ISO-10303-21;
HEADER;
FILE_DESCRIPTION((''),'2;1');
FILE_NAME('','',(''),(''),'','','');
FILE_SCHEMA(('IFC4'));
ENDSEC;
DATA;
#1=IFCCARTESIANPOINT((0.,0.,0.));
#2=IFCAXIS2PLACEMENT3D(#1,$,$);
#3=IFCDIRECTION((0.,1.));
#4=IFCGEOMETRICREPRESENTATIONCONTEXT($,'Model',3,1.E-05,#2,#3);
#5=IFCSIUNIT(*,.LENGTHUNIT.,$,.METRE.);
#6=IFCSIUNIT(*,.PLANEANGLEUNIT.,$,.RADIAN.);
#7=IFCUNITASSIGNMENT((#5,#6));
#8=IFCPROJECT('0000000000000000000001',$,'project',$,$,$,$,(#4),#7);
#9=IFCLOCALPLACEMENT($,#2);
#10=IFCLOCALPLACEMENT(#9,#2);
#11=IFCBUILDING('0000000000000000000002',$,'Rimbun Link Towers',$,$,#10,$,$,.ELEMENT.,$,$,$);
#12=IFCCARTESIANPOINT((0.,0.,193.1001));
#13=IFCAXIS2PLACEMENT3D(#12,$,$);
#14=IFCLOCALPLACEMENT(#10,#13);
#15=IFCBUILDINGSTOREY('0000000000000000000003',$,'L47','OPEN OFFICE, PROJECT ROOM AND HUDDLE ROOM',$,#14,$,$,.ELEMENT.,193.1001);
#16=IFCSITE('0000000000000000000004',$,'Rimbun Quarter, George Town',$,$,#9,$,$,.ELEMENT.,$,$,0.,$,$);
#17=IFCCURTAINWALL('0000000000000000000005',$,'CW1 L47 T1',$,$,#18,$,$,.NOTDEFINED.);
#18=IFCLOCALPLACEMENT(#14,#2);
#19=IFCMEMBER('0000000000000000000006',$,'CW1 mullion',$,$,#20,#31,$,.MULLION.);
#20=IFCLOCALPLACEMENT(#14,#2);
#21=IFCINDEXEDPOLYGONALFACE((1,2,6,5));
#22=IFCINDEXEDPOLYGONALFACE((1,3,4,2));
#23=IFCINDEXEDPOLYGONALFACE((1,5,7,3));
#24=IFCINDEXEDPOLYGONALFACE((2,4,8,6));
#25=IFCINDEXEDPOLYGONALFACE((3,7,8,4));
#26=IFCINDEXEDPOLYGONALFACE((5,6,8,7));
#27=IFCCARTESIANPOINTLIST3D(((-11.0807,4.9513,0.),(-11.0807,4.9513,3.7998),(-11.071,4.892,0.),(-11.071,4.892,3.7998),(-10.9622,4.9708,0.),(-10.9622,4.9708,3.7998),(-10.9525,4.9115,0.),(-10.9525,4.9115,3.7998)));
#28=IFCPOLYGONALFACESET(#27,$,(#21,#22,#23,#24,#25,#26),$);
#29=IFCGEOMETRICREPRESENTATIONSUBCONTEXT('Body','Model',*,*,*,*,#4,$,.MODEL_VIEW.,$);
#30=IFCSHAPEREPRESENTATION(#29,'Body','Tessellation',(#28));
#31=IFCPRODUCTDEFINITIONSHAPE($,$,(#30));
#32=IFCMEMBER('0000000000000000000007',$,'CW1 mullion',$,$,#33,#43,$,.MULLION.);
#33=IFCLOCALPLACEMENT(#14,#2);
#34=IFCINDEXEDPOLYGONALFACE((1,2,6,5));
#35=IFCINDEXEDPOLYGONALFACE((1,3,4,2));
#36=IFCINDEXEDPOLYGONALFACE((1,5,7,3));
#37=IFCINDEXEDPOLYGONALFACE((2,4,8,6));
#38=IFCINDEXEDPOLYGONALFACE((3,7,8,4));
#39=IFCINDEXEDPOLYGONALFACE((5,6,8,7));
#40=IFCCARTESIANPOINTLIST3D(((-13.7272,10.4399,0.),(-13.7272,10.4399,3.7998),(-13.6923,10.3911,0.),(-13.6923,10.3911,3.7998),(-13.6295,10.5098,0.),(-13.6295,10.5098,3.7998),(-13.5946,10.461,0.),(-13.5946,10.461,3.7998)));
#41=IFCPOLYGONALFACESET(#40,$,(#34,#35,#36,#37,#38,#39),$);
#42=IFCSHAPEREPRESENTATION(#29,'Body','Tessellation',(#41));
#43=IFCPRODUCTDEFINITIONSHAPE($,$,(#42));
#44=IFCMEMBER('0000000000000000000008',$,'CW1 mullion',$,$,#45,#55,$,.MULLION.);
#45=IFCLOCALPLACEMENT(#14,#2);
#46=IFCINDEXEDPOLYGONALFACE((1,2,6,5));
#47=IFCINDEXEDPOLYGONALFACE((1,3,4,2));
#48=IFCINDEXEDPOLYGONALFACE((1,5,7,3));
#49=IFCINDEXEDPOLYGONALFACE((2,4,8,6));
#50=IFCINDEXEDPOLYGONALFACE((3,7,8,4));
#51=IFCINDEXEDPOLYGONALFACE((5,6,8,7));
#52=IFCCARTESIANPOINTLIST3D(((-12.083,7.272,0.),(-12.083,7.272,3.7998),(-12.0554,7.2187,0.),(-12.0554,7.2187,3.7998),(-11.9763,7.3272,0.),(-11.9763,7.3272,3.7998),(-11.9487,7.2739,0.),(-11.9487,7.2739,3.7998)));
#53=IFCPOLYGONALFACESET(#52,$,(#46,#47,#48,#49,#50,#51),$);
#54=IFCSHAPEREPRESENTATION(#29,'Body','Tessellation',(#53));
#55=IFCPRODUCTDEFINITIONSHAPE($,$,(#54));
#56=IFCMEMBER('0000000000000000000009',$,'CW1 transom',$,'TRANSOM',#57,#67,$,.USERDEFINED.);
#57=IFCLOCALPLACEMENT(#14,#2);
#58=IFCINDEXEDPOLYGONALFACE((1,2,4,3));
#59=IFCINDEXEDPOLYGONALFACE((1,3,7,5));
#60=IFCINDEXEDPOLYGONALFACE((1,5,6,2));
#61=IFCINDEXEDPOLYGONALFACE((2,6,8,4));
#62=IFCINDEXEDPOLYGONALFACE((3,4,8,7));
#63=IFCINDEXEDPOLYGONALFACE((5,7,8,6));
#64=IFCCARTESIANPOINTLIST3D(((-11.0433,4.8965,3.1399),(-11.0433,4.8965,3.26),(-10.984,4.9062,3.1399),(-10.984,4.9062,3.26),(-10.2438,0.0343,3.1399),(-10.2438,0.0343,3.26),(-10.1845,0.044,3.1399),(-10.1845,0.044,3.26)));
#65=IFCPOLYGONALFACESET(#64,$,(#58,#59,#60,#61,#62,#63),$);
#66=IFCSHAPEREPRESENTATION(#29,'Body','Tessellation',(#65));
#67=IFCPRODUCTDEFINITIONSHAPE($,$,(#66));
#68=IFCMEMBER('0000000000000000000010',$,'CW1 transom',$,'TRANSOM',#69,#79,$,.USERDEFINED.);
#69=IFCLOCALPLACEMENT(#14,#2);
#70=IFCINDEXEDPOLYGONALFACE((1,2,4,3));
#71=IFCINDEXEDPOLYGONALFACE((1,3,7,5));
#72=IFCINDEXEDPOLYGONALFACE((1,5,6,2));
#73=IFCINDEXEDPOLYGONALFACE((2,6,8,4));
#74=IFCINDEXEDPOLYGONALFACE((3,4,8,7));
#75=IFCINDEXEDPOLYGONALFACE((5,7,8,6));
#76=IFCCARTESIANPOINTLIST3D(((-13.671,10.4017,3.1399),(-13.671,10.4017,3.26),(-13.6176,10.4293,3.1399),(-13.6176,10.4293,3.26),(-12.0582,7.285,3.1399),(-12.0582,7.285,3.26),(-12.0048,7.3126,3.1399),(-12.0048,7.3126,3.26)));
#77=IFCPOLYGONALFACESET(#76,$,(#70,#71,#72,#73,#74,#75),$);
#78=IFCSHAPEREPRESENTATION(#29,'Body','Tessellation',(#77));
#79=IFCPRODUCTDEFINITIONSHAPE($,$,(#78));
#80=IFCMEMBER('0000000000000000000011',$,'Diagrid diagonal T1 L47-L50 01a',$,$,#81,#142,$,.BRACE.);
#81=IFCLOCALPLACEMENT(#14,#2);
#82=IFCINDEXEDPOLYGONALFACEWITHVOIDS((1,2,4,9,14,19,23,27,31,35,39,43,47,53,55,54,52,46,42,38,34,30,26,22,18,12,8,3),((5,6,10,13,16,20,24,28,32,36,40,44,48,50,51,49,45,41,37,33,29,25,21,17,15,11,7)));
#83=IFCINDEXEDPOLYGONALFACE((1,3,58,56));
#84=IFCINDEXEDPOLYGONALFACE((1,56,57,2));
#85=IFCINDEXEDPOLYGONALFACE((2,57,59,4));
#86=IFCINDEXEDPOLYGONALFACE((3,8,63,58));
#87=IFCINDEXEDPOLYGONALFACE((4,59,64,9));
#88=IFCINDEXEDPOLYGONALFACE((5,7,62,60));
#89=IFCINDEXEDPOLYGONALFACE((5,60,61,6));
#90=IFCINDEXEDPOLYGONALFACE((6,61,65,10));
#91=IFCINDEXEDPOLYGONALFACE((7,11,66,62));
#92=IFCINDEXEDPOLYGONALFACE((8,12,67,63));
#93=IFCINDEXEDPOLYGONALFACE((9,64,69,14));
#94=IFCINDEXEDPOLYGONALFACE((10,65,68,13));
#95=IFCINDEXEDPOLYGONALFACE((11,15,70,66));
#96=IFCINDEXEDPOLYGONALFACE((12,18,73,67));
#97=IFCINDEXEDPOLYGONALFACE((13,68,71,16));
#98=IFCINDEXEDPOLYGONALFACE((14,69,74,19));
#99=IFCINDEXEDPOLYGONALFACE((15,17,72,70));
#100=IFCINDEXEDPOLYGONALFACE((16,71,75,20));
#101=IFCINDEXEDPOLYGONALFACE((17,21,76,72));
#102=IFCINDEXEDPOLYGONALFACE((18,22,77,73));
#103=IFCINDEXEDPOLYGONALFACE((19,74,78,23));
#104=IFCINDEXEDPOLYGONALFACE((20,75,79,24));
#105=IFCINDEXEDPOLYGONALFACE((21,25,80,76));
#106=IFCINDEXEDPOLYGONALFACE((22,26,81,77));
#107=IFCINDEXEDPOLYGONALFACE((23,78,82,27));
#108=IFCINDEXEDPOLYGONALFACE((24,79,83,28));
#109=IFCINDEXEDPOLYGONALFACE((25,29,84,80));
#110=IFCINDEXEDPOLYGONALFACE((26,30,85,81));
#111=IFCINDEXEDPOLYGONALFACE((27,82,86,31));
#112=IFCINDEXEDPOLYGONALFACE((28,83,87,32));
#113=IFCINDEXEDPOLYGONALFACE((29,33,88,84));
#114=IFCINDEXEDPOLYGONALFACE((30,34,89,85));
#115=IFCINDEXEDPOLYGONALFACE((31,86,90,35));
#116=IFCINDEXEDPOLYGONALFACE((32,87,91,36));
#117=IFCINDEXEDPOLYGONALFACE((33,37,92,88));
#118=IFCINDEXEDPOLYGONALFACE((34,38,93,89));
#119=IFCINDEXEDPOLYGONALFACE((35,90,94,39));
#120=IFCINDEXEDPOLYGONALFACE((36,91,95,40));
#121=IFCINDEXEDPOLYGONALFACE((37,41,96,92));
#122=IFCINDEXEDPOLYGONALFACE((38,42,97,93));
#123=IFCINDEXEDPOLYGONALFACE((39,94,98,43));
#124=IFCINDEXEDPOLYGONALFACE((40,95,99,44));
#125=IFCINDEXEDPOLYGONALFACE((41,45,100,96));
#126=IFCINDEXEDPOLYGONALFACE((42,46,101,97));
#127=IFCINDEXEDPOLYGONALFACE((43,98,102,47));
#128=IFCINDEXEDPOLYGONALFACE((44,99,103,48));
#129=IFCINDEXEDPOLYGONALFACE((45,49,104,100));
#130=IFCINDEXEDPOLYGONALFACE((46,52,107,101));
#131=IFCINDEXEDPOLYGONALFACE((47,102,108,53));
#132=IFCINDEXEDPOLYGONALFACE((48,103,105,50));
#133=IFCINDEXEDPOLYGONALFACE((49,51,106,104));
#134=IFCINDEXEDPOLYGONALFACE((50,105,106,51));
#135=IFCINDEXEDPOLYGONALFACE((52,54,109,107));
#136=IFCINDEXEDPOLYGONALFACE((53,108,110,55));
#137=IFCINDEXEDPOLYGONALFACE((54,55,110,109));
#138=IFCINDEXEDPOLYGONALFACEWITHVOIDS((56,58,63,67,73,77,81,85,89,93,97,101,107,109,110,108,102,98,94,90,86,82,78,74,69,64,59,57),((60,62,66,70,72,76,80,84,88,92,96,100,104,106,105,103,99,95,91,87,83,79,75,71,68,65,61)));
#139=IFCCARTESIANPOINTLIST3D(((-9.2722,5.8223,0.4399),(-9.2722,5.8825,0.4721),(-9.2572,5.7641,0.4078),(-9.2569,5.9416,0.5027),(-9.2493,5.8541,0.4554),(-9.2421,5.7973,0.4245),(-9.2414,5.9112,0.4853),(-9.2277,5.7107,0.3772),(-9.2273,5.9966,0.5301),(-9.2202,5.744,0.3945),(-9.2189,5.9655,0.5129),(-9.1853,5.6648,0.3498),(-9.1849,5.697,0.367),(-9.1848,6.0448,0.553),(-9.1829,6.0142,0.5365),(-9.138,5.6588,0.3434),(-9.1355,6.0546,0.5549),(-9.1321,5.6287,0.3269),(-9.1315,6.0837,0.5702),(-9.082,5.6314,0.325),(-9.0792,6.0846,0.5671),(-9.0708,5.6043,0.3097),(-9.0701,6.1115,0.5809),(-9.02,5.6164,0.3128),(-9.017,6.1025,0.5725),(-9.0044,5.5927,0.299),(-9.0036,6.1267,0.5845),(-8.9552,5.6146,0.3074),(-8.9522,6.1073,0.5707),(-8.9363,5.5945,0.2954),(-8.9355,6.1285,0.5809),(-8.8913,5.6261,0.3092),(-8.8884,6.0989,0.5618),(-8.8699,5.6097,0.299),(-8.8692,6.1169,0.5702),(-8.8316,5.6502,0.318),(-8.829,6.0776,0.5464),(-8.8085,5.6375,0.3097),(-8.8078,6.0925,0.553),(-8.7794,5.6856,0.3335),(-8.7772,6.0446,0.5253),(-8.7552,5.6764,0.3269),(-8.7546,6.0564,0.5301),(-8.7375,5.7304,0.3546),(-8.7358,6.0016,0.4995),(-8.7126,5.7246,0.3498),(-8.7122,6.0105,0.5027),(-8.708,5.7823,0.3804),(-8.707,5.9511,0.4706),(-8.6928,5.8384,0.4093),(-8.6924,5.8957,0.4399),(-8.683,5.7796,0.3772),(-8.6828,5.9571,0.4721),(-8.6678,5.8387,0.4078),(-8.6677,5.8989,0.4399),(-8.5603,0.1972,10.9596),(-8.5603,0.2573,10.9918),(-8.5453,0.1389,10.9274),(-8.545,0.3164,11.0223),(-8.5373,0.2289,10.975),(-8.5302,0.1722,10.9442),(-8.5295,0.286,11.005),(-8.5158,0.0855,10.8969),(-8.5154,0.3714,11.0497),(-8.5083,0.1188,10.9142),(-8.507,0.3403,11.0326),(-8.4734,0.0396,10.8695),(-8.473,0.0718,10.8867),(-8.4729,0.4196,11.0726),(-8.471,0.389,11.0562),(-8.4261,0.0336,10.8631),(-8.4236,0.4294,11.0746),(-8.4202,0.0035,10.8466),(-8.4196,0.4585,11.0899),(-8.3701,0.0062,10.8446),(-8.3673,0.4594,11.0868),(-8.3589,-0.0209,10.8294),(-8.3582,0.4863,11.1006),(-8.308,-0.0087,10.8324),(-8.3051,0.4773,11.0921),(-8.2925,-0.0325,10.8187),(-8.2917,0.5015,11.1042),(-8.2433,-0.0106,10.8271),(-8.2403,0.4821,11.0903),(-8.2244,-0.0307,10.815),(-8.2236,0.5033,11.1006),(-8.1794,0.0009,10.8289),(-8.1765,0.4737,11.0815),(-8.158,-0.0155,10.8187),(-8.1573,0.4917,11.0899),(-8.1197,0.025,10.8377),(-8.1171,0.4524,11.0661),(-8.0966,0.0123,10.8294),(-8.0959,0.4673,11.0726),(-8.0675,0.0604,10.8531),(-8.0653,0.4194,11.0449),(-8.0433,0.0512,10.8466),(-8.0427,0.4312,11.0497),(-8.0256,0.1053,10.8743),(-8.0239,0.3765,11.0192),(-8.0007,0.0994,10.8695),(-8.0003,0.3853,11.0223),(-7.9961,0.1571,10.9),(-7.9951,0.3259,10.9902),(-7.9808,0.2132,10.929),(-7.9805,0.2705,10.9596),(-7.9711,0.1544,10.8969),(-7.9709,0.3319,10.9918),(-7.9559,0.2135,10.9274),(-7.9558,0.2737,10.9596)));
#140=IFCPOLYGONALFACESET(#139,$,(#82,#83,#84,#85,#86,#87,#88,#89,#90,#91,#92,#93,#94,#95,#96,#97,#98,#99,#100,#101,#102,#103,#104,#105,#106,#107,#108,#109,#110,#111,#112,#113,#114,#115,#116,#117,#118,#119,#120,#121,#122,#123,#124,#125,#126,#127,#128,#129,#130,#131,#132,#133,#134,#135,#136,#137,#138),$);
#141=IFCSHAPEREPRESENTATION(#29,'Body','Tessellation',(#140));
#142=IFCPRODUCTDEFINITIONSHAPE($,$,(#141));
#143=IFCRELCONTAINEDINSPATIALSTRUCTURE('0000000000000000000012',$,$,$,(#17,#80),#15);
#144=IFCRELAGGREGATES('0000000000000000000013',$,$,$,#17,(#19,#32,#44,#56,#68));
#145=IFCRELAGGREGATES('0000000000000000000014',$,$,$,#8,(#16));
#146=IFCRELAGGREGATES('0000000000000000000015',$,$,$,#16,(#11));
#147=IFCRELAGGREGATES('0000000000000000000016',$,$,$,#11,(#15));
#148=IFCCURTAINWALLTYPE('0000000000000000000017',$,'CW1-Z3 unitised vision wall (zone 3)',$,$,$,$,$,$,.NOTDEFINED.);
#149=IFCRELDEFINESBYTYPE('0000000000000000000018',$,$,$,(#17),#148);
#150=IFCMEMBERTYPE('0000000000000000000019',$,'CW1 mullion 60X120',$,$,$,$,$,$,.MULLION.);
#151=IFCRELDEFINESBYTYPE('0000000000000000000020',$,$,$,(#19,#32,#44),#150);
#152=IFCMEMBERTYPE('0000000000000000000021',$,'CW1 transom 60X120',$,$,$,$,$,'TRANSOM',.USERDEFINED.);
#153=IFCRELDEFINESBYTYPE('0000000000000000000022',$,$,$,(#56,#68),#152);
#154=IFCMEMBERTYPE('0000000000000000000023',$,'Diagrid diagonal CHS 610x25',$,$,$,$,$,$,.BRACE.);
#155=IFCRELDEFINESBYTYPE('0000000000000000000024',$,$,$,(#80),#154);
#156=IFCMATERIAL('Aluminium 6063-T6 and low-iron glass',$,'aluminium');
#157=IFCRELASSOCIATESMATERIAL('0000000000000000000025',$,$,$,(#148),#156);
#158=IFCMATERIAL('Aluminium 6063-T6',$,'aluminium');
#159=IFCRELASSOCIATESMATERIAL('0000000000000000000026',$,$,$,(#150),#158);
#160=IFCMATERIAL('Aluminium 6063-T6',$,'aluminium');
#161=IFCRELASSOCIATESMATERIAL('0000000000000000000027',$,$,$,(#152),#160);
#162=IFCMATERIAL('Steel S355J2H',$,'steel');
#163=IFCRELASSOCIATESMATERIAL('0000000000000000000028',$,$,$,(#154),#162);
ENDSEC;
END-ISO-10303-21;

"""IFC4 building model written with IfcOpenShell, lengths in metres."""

from ifc_helpers import new_model, si_unit, direction, frame, origin, origin_2d, place, context, subcontext, project, spatial, rectangle, hollow_circle, extrude, material, material_profile, profile_set, type_object, element, aggregate, save


model = new_model("IFC4")

# Units and contexts
model_context = context("Model", 3, precision=1e-05, world=origin(), true_north=direction((0.0, 1.0)))
body_context = subcontext(model_context, "Body", "Model", "MODEL_VIEW")
ifc_project = project(units=[si_unit("LENGTHUNIT", "METRE"), si_unit("PLANEANGLEUNIT", "RADIAN")], contexts=[model_context])

# Site, building, storey
site_placement = place(None, origin())
site = spatial("IfcSite", under=ifc_project, at=site_placement, Name="Rimbun Quarter, George Town", CompositionType="ELEMENT", RefElevation=0.0)
building_placement = place(site_placement, origin())
building = spatial("IfcBuilding", under=site, at=building_placement, Name="Rimbun Link Towers", CompositionType="ELEMENT")
storey_placement = place(building_placement, frame((0.0, 0.0, 193.1001)))
storey = spatial("IfcBuildingStorey", under=building, at=storey_placement, Name="L47", Description="OPEN OFFICE, PROJECT ROOM AND HUDDLE ROOM", CompositionType="ELEMENT", Elevation=193.1001)

# Curtain wall, members
ifc_material_1 = material(Name="Aluminium 6063-T6 and low-iron glass", Category="aluminium")
curtain_wall_type = type_object("IfcCurtainWallType", Name="CW1-Z3 unitised vision wall (zone 3)", PredefinedType="NOTDEFINED", material=ifc_material_1)
curtain_wall_placement = place(storey_placement, origin())
curtain_wall = element("IfcCurtainWall", 1, at=curtain_wall_placement, inside=storey, type_object=curtain_wall_type, Name="CW1 L47 T1", PredefinedType="NOTDEFINED")
ifc_material_2 = material(Name="Aluminium 6063-T6", Category="aluminium")
ifc_material_profile_1 = material_profile(ifc_material_2, rectangle(XDim=0.1201, YDim=0.0601, at=origin_2d()), Name="MULLION 60X120")
ifc_profile_set_1 = profile_set([ifc_material_profile_1], Name="Aluminium 6063-T6")
member_type_1 = type_object("IfcMemberType", Name="CW1 mullion 60X120", PredefinedType="MULLION", material=ifc_profile_set_1)
member_1_placement = place(storey_placement, frame((-11.0166, 4.9314, 0.0), z_axis=(0.0, 0.0, 1.0), x_axis=(0.98675, 0.162251, 0.0)))
member_1 = element("IfcMember", 2, at=member_1_placement, type_object=member_type_1, Name="CW1 mullion", PredefinedType="MULLION", context=body_context, shape_type="SweptSolid", body=[
    extrude(rectangle(XDim=0.1201, YDim=0.0601, at=origin_2d()), origin(), (0.0, 0.0, 1.0), 3.7998),
])
member_2_placement = place(storey_placement, frame((-13.6609, 10.4504, 0.0), z_axis=(0.0, 0.0, 1.0), x_axis=(0.813351, 0.581774, 0.0)))
member_2 = element("IfcMember", 3, at=member_2_placement, type_object=member_type_1, Name="CW1 mullion", PredefinedType="MULLION", context=body_context, shape_type="SweptSolid", body=[
    extrude(rectangle(XDim=0.1201, YDim=0.0601, at=origin_2d()), origin(), (0.0, 0.0, 1.0), 3.7998),
])
member_3_placement = place(storey_placement, frame((-12.0159, 7.2729, 0.0), z_axis=(0.0, 0.0, 1.0), x_axis=(0.888145, 0.459563, 0.0)))
member_3 = element("IfcMember", 4, at=member_3_placement, type_object=member_type_1, Name="CW1 mullion", PredefinedType="MULLION", context=body_context, shape_type="SweptSolid", body=[
    extrude(rectangle(XDim=0.1201, YDim=0.0601, at=origin_2d()), origin(), (0.0, 0.0, 1.0), 3.7998),
])
ifc_material_3 = material(Name="Aluminium 6063-T6", Category="aluminium")
ifc_material_profile_2 = material_profile(ifc_material_3, rectangle(XDim=0.0601, YDim=0.1201, at=origin_2d()), Name="TRANSOM 60X120")
ifc_profile_set_2 = profile_set([ifc_material_profile_2], Name="Aluminium 6063-T6")
member_type_2 = type_object("IfcMemberType", Name="CW1 transom 60X120", ElementType="TRANSOM", PredefinedType="USERDEFINED", material=ifc_profile_set_2)
member_4_placement = place(storey_placement, frame((-11.0137, 4.9014, 3.2), z_axis=(0.162261, -0.986748, 0.0), x_axis=(0.986748, 0.162261, 0.0)))
member_4 = element("IfcMember", 5, at=member_4_placement, type_object=member_type_2, Name="CW1 transom", ObjectType="TRANSOM", PredefinedType="USERDEFINED", context=body_context, shape_type="SweptSolid", body=[
    extrude(rectangle(XDim=0.0601, YDim=0.1201, at=origin_2d()), origin(), (0.0, 0.0, 1.0), 4.9275),
])
member_5_placement = place(storey_placement, frame((-13.6443, 10.4155, 3.2), z_axis=(0.459582, -0.888135, 0.0), x_axis=(0.888135, 0.459582, 0.0)))
member_5 = element("IfcMember", 6, at=member_5_placement, type_object=member_type_2, Name="CW1 transom", ObjectType="TRANSOM", PredefinedType="USERDEFINED", context=body_context, shape_type="SweptSolid", body=[
    extrude(rectangle(XDim=0.0601, YDim=0.1201, at=origin_2d()), origin(), (0.0, 0.0, 1.0), 3.5093),
])

# Member
ifc_material_4 = material(Name="Steel S355J2H", Category="steel")
ifc_material_profile_3 = material_profile(ifc_material_4, hollow_circle(Radius=0.3047, WallThickness=0.0249, at=origin_2d()), Name="Diagrid diagonal CHS 610x25")
ifc_profile_set_3 = profile_set([ifc_material_profile_3], Name="Steel S355J2H")
member_type_3 = type_object("IfcMemberType", Name="Diagrid diagonal CHS 610x25", PredefinedType="BRACE", material=ifc_profile_set_3)
member_6_placement = place(storey_placement, frame((-8.97, 5.8606, 0.4399), z_axis=(0.059572, -0.47071, 0.880275), x_axis=(0.992087, 0.125556, 0.0)))
element("IfcMember", 7, at=member_6_placement, inside=storey, type_object=member_type_3, Name="Diagrid diagonal T1 L47-L50 01a", PredefinedType="BRACE", context=body_context, shape_type="SweptSolid", body=[
    extrude(hollow_circle(Radius=0.3047, WallThickness=0.0249, at=origin_2d()), origin(), (0.0, 0.0, 1.0), 11.9504),
])

aggregate(curtain_wall, [member_1, member_2, member_3, member_4, member_5])

save(model, "model.ifc")
